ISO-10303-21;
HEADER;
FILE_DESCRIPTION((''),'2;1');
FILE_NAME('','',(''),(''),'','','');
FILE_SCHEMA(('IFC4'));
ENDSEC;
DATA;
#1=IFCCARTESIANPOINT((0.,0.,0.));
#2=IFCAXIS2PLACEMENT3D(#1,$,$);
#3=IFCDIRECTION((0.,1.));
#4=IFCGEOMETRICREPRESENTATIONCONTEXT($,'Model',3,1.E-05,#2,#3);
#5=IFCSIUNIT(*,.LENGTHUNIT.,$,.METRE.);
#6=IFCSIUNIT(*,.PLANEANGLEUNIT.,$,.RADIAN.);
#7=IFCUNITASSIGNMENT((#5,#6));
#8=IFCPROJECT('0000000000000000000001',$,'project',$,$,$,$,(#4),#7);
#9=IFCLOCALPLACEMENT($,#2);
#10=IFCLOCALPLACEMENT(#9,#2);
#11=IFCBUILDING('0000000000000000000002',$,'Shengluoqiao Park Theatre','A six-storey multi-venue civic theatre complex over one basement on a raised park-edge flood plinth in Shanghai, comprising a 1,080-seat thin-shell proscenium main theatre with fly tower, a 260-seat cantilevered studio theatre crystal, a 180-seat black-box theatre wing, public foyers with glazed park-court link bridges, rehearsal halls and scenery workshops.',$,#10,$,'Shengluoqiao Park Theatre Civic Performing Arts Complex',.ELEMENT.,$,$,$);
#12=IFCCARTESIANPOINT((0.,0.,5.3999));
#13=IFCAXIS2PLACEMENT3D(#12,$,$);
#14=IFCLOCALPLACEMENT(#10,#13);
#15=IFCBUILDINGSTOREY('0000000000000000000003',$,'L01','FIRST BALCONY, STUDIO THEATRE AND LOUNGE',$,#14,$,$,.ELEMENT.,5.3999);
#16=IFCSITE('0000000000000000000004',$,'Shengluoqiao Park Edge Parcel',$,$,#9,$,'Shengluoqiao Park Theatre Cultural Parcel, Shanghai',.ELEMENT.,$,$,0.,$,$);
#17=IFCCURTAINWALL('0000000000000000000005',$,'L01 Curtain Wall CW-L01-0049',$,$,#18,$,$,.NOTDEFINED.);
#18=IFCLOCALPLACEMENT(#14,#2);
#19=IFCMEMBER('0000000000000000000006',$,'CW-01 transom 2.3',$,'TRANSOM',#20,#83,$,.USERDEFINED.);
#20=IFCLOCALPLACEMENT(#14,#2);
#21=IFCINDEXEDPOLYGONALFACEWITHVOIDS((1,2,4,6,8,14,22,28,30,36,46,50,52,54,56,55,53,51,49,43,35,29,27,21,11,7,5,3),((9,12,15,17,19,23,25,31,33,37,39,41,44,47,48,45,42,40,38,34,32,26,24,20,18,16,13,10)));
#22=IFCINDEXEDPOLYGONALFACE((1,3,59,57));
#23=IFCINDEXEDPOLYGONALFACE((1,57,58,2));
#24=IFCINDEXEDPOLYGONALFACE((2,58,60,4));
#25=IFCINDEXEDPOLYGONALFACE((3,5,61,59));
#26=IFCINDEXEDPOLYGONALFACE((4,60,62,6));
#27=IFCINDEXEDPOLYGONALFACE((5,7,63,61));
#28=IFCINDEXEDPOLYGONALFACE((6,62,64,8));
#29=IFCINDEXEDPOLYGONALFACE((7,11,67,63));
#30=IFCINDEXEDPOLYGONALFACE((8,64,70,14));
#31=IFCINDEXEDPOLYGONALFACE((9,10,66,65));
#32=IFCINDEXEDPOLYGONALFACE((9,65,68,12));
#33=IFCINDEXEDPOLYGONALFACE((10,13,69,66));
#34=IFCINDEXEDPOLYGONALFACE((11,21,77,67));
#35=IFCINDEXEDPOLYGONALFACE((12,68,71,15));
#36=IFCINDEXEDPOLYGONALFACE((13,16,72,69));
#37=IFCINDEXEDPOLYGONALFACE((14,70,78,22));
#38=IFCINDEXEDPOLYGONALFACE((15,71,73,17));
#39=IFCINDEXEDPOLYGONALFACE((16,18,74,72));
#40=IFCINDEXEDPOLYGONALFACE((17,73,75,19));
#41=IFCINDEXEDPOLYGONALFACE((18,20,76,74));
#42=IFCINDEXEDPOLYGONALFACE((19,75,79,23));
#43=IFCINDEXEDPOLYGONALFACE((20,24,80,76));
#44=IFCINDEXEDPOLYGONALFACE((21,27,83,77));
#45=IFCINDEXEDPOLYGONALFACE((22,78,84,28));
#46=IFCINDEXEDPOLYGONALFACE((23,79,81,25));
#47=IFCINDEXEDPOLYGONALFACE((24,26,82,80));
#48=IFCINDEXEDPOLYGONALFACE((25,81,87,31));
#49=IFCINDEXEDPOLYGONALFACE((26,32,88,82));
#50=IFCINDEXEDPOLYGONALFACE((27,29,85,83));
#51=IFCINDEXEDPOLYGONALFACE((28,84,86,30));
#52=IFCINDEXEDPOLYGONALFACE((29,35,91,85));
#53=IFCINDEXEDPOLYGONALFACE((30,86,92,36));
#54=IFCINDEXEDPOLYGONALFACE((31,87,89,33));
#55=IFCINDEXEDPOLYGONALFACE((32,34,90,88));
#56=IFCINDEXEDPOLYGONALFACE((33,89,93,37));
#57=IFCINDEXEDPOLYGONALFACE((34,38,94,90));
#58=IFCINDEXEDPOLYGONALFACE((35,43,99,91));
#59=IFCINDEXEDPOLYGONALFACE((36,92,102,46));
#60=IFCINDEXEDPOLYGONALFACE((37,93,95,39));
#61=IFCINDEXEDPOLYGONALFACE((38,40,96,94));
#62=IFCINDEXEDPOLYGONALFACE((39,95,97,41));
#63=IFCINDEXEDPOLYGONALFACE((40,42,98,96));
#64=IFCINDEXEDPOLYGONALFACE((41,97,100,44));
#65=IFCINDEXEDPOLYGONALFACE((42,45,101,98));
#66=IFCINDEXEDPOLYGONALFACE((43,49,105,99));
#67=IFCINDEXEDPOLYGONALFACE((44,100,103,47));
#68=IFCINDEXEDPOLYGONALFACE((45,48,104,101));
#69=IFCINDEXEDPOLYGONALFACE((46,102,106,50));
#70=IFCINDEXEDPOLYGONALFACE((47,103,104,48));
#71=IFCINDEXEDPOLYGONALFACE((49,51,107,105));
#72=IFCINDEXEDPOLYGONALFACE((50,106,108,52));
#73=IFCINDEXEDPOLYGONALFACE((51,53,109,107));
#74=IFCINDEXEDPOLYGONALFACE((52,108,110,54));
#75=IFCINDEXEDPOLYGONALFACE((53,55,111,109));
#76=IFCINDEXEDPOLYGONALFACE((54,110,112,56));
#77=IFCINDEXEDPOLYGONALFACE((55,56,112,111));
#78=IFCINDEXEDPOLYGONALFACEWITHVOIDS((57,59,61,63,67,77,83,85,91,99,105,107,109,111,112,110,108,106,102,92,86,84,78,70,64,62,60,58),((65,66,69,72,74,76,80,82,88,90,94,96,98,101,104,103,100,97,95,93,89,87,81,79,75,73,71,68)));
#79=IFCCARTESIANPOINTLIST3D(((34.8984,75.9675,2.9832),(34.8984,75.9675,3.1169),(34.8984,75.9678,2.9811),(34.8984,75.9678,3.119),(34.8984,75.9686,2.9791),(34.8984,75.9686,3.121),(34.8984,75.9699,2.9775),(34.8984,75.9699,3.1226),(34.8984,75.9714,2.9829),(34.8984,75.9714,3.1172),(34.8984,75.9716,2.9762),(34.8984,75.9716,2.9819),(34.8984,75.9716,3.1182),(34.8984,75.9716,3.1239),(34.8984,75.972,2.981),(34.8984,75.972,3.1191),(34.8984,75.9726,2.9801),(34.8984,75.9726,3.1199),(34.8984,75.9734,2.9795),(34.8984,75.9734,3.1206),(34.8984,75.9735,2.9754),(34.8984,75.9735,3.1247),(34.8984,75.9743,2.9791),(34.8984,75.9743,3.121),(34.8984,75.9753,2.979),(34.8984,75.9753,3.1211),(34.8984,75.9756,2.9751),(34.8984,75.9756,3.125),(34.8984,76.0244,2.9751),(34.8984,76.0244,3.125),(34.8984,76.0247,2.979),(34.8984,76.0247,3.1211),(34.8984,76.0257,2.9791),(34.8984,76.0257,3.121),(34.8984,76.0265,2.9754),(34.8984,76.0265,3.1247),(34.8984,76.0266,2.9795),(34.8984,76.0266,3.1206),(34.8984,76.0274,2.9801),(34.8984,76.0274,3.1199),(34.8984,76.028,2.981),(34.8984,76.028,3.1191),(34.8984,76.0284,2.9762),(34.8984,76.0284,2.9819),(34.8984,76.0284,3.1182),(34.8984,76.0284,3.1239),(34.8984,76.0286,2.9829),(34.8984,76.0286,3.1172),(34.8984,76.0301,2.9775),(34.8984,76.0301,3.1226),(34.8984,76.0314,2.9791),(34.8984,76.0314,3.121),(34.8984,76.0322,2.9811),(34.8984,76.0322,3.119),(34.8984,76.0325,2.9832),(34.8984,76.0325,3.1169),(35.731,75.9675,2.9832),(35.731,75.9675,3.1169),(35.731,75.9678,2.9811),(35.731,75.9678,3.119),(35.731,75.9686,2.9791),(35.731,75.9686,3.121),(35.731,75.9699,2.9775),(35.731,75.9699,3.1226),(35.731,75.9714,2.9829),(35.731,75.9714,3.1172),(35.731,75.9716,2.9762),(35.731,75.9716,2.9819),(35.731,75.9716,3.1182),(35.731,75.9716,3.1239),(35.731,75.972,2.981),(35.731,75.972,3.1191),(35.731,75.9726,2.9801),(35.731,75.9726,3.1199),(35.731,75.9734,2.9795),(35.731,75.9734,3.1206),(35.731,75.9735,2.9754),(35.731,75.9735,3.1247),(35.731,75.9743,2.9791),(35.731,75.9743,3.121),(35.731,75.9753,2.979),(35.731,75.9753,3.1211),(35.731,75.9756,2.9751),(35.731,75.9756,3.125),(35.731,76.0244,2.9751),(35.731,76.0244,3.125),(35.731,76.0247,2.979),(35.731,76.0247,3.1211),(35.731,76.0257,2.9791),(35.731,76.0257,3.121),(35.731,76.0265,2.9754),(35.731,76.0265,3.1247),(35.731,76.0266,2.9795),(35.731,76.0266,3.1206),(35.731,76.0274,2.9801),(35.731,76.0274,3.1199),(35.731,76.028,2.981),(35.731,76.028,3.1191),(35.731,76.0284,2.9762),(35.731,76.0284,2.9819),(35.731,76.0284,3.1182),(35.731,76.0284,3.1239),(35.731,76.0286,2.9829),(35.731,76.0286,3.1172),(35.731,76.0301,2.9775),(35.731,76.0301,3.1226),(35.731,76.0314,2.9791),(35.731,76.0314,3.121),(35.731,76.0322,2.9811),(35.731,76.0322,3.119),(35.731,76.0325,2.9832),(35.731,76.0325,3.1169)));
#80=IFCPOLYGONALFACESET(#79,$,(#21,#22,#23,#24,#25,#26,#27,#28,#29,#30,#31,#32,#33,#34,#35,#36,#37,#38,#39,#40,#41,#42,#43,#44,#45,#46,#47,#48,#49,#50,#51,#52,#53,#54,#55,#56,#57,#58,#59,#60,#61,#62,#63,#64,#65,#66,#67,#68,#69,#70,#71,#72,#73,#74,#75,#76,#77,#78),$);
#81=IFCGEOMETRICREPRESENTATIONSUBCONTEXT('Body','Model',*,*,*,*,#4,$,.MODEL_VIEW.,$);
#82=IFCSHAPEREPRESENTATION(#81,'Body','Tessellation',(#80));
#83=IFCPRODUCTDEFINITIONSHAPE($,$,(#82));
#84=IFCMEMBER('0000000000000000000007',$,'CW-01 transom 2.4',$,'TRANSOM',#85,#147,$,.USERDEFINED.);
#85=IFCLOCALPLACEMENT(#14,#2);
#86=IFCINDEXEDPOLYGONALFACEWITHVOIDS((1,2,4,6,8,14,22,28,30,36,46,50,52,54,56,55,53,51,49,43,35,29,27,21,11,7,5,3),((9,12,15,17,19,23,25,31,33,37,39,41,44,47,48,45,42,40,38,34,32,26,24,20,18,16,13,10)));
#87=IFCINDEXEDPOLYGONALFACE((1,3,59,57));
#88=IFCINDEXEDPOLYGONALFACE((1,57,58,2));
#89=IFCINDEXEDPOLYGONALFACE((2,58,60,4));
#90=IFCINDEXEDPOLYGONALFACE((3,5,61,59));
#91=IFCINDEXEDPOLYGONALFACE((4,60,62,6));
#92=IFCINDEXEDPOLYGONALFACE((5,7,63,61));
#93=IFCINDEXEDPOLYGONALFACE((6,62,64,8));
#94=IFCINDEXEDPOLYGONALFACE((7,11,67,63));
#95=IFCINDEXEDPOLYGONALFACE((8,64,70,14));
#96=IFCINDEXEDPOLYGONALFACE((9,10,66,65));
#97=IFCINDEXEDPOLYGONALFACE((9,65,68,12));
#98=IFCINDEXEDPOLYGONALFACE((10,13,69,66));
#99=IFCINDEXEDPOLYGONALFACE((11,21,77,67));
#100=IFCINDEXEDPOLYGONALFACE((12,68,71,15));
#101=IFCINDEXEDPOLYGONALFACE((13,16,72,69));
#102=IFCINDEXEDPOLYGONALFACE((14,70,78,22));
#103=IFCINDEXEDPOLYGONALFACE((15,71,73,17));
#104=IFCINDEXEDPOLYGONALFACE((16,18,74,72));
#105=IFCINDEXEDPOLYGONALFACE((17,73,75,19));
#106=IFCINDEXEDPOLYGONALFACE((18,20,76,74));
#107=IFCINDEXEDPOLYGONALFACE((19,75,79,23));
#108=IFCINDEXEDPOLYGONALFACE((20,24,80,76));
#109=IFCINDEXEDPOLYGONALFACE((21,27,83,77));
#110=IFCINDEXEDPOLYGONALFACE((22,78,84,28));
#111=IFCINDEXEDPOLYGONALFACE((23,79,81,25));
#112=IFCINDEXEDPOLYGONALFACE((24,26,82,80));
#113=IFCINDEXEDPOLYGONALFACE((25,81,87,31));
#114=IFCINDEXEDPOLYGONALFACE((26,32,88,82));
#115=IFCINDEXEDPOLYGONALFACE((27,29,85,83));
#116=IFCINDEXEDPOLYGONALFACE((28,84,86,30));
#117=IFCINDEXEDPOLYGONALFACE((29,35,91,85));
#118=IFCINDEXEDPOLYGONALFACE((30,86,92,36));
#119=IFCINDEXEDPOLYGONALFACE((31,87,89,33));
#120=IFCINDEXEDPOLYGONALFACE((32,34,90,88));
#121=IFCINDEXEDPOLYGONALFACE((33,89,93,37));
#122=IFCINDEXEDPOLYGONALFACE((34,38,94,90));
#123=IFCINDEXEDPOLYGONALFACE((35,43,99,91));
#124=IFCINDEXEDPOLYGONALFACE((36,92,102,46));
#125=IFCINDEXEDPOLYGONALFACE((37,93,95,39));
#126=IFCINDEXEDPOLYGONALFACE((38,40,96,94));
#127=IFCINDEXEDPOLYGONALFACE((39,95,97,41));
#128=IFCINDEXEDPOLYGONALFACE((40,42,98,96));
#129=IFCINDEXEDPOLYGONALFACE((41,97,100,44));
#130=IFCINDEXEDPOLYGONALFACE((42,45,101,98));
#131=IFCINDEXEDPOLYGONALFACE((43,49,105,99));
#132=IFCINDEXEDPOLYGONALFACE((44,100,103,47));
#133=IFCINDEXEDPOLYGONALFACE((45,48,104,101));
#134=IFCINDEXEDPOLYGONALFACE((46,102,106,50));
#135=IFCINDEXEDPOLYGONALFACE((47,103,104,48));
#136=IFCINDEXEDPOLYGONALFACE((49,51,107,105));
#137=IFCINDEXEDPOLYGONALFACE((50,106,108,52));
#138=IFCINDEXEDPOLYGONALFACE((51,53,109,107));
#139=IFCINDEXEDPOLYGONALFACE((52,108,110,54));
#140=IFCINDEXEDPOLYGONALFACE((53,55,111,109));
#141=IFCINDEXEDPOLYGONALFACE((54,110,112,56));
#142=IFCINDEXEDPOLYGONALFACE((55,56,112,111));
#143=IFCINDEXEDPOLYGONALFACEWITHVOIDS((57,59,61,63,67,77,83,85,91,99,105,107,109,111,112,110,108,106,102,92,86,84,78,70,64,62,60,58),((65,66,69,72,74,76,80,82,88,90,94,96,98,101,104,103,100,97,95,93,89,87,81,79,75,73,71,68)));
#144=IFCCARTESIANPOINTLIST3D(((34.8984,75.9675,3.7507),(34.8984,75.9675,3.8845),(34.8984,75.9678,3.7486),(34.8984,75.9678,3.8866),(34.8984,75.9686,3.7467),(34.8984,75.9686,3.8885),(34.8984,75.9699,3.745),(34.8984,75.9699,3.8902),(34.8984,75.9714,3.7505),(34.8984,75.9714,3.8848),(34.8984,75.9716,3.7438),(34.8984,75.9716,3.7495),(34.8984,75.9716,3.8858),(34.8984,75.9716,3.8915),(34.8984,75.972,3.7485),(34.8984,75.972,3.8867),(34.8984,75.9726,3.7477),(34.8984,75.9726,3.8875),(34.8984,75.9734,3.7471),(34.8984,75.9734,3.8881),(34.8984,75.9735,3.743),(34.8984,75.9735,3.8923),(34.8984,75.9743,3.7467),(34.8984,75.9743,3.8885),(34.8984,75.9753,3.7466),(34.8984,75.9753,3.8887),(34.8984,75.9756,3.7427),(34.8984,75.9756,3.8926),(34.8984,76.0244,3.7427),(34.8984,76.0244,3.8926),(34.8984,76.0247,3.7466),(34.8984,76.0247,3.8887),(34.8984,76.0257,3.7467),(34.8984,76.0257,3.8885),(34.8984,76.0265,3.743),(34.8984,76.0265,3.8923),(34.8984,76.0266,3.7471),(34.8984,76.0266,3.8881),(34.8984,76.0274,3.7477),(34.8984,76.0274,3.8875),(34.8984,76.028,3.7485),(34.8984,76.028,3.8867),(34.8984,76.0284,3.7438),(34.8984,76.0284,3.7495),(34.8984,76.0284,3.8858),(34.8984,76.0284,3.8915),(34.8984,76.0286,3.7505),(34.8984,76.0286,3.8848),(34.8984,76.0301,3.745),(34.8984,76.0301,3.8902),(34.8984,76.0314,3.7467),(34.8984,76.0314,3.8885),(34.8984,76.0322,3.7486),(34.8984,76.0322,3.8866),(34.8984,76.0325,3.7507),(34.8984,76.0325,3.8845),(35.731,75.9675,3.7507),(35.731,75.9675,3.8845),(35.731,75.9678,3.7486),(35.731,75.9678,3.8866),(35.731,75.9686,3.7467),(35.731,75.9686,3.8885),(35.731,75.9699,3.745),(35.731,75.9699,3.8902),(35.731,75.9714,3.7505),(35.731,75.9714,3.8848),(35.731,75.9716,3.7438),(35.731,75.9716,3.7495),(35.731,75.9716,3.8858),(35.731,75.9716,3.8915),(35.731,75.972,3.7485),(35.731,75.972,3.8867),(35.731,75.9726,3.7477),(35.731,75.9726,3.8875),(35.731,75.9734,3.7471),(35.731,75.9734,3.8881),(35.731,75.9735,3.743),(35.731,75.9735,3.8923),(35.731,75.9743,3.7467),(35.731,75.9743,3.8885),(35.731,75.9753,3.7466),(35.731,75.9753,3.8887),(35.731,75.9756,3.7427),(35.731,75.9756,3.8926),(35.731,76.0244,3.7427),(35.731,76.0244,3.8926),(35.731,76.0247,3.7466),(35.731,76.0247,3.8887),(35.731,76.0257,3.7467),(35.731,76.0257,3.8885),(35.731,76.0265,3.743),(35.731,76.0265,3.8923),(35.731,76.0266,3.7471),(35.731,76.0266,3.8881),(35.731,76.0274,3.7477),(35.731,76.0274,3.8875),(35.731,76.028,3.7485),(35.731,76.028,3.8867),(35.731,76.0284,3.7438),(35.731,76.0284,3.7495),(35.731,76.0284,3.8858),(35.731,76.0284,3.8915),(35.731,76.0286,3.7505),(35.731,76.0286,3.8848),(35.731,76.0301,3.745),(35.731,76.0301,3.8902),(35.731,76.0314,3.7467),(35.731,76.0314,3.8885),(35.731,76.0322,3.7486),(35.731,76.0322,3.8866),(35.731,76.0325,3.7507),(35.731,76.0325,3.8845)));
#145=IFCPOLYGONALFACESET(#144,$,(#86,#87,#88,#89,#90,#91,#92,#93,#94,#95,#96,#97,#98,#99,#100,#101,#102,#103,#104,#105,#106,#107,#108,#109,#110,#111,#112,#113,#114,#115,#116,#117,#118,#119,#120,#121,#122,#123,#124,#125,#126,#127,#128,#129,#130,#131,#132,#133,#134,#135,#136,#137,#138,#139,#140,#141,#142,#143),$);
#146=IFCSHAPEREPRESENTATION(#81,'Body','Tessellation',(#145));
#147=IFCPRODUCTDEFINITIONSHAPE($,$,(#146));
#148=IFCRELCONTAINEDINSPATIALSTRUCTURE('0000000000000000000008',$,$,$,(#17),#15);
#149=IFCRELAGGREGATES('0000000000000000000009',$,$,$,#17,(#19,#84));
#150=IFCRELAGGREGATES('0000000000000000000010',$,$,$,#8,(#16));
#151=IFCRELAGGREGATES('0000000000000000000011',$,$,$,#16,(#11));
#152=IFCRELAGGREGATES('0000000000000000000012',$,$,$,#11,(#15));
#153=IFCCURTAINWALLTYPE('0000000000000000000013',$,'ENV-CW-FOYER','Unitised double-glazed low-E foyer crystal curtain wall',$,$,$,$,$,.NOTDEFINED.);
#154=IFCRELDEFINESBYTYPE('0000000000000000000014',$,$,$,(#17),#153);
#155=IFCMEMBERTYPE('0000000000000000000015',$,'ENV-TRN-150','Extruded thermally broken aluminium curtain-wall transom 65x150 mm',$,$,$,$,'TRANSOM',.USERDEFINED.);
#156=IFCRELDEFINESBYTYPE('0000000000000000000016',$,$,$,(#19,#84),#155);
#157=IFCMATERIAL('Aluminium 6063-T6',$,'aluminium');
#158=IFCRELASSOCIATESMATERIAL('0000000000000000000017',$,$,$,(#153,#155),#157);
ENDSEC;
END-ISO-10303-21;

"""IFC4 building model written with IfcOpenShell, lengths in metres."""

from ifc_helpers import new_model, si_unit, direction, frame, origin, origin_2d, place, context, subcontext, project, spatial, hollow_rectangle, extrude, material, material_profile, profile_set, type_object, element, aggregate, save


model = new_model("IFC4")

# Units and contexts
model_context = context("Model", 3, precision=1e-05, world=origin(), true_north=direction((0.0, 1.0)))
body_context = subcontext(model_context, "Body", "Model", "MODEL_VIEW")
ifc_project = project(units=[si_unit("LENGTHUNIT", "METRE"), si_unit("PLANEANGLEUNIT", "RADIAN")], contexts=[model_context])

# Site, building, storey
site_placement = place(None, origin())
site = spatial("IfcSite", under=ifc_project, at=site_placement, Name="Shengluoqiao Park Edge Parcel", LongName="Shengluoqiao Park Theatre Cultural Parcel, Shanghai", CompositionType="ELEMENT", RefElevation=0.0)
building_placement = place(site_placement, origin())
building = spatial("IfcBuilding", under=site, at=building_placement, Name="Shengluoqiao Park Theatre", Description="A six-storey multi-venue civic theatre complex over one basement on a raised park-edge flood plinth in Shanghai, comprising a 1,080-seat thin-shell proscenium main theatre with fly tower, a 260-seat cantilevered studio theatre crystal, a 180-seat black-box theatre wing, public foyers with glazed park-court link bridges, rehearsal halls and scenery workshops.", LongName="Shengluoqiao Park Theatre Civic Performing Arts Complex", CompositionType="ELEMENT")
storey_placement = place(building_placement, frame((0.0, 0.0, 5.3999)))
storey = spatial("IfcBuildingStorey", under=building, at=storey_placement, Name="L01", Description="FIRST BALCONY, STUDIO THEATRE AND LOUNGE", CompositionType="ELEMENT", Elevation=5.3999)

# Curtain wall
ifc_material_1 = material(Name="Aluminium 6063-T6", Category="aluminium")
curtain_wall_type = type_object("IfcCurtainWallType", Name="ENV-CW-FOYER", Description="Unitised double-glazed low-E foyer crystal curtain wall", PredefinedType="NOTDEFINED", material=ifc_material_1)
curtain_wall_1_placement = place(storey_placement, origin())
curtain_wall_1 = element("IfcCurtainWall", 1, at=curtain_wall_1_placement, inside=storey, type_object=curtain_wall_type, Name="L01 Curtain Wall CW-L01-0049", PredefinedType="NOTDEFINED")

# Members
ifc_material_profile_1 = material_profile(ifc_material_1, hollow_rectangle(XDim=0.0649, YDim=0.1499, WallThickness=0.0039, InnerFilletRadius=0.0039, OuterFilletRadius=0.0081, at=origin_2d()), Name="ALU TRANSOM 150x65x4")
ifc_profile_set_1 = profile_set([ifc_material_profile_1], Name="Aluminium 6063-T6")
member_type_1 = type_object("IfcMemberType", Name="ENV-TRN-150", Description="Extruded thermally broken aluminium curtain-wall transom 65x150 mm", ElementType="TRANSOM", PredefinedType="USERDEFINED", material=ifc_profile_set_1)
member_1_placement = place(storey_placement, frame((34.8984, 76.0, 3.05), z_axis=(1.0, 0.0, 0.0), x_axis=(0.0, 1.0, 0.0)))
member_1 = element("IfcMember", 2, at=member_1_placement, type_object=member_type_1, Name="CW-01 transom 2.3", ObjectType="TRANSOM", PredefinedType="USERDEFINED", context=body_context, shape_type="SweptSolid", body=[
    extrude(hollow_rectangle(XDim=0.0649, YDim=0.1499, WallThickness=0.0039, InnerFilletRadius=0.0039, OuterFilletRadius=0.0081, at=origin_2d()), origin(), (0.0, 0.0, 1.0), 0.8325),
])
member_2_placement = place(storey_placement, frame((34.8984, 76.0, 3.8176), z_axis=(1.0, 0.0, 0.0), x_axis=(0.0, 1.0, 0.0)))
member_2 = element("IfcMember", 3, at=member_2_placement, type_object=member_type_1, Name="CW-01 transom 2.4", ObjectType="TRANSOM", PredefinedType="USERDEFINED", context=body_context, shape_type="SweptSolid", body=[
    extrude(hollow_rectangle(XDim=0.0649, YDim=0.1499, WallThickness=0.0039, InnerFilletRadius=0.0039, OuterFilletRadius=0.0081, at=origin_2d()), origin(), (0.0, 0.0, 1.0), 0.8325),
])

aggregate(curtain_wall_1, [member_1, member_2])

save(model, "model.ifc")
